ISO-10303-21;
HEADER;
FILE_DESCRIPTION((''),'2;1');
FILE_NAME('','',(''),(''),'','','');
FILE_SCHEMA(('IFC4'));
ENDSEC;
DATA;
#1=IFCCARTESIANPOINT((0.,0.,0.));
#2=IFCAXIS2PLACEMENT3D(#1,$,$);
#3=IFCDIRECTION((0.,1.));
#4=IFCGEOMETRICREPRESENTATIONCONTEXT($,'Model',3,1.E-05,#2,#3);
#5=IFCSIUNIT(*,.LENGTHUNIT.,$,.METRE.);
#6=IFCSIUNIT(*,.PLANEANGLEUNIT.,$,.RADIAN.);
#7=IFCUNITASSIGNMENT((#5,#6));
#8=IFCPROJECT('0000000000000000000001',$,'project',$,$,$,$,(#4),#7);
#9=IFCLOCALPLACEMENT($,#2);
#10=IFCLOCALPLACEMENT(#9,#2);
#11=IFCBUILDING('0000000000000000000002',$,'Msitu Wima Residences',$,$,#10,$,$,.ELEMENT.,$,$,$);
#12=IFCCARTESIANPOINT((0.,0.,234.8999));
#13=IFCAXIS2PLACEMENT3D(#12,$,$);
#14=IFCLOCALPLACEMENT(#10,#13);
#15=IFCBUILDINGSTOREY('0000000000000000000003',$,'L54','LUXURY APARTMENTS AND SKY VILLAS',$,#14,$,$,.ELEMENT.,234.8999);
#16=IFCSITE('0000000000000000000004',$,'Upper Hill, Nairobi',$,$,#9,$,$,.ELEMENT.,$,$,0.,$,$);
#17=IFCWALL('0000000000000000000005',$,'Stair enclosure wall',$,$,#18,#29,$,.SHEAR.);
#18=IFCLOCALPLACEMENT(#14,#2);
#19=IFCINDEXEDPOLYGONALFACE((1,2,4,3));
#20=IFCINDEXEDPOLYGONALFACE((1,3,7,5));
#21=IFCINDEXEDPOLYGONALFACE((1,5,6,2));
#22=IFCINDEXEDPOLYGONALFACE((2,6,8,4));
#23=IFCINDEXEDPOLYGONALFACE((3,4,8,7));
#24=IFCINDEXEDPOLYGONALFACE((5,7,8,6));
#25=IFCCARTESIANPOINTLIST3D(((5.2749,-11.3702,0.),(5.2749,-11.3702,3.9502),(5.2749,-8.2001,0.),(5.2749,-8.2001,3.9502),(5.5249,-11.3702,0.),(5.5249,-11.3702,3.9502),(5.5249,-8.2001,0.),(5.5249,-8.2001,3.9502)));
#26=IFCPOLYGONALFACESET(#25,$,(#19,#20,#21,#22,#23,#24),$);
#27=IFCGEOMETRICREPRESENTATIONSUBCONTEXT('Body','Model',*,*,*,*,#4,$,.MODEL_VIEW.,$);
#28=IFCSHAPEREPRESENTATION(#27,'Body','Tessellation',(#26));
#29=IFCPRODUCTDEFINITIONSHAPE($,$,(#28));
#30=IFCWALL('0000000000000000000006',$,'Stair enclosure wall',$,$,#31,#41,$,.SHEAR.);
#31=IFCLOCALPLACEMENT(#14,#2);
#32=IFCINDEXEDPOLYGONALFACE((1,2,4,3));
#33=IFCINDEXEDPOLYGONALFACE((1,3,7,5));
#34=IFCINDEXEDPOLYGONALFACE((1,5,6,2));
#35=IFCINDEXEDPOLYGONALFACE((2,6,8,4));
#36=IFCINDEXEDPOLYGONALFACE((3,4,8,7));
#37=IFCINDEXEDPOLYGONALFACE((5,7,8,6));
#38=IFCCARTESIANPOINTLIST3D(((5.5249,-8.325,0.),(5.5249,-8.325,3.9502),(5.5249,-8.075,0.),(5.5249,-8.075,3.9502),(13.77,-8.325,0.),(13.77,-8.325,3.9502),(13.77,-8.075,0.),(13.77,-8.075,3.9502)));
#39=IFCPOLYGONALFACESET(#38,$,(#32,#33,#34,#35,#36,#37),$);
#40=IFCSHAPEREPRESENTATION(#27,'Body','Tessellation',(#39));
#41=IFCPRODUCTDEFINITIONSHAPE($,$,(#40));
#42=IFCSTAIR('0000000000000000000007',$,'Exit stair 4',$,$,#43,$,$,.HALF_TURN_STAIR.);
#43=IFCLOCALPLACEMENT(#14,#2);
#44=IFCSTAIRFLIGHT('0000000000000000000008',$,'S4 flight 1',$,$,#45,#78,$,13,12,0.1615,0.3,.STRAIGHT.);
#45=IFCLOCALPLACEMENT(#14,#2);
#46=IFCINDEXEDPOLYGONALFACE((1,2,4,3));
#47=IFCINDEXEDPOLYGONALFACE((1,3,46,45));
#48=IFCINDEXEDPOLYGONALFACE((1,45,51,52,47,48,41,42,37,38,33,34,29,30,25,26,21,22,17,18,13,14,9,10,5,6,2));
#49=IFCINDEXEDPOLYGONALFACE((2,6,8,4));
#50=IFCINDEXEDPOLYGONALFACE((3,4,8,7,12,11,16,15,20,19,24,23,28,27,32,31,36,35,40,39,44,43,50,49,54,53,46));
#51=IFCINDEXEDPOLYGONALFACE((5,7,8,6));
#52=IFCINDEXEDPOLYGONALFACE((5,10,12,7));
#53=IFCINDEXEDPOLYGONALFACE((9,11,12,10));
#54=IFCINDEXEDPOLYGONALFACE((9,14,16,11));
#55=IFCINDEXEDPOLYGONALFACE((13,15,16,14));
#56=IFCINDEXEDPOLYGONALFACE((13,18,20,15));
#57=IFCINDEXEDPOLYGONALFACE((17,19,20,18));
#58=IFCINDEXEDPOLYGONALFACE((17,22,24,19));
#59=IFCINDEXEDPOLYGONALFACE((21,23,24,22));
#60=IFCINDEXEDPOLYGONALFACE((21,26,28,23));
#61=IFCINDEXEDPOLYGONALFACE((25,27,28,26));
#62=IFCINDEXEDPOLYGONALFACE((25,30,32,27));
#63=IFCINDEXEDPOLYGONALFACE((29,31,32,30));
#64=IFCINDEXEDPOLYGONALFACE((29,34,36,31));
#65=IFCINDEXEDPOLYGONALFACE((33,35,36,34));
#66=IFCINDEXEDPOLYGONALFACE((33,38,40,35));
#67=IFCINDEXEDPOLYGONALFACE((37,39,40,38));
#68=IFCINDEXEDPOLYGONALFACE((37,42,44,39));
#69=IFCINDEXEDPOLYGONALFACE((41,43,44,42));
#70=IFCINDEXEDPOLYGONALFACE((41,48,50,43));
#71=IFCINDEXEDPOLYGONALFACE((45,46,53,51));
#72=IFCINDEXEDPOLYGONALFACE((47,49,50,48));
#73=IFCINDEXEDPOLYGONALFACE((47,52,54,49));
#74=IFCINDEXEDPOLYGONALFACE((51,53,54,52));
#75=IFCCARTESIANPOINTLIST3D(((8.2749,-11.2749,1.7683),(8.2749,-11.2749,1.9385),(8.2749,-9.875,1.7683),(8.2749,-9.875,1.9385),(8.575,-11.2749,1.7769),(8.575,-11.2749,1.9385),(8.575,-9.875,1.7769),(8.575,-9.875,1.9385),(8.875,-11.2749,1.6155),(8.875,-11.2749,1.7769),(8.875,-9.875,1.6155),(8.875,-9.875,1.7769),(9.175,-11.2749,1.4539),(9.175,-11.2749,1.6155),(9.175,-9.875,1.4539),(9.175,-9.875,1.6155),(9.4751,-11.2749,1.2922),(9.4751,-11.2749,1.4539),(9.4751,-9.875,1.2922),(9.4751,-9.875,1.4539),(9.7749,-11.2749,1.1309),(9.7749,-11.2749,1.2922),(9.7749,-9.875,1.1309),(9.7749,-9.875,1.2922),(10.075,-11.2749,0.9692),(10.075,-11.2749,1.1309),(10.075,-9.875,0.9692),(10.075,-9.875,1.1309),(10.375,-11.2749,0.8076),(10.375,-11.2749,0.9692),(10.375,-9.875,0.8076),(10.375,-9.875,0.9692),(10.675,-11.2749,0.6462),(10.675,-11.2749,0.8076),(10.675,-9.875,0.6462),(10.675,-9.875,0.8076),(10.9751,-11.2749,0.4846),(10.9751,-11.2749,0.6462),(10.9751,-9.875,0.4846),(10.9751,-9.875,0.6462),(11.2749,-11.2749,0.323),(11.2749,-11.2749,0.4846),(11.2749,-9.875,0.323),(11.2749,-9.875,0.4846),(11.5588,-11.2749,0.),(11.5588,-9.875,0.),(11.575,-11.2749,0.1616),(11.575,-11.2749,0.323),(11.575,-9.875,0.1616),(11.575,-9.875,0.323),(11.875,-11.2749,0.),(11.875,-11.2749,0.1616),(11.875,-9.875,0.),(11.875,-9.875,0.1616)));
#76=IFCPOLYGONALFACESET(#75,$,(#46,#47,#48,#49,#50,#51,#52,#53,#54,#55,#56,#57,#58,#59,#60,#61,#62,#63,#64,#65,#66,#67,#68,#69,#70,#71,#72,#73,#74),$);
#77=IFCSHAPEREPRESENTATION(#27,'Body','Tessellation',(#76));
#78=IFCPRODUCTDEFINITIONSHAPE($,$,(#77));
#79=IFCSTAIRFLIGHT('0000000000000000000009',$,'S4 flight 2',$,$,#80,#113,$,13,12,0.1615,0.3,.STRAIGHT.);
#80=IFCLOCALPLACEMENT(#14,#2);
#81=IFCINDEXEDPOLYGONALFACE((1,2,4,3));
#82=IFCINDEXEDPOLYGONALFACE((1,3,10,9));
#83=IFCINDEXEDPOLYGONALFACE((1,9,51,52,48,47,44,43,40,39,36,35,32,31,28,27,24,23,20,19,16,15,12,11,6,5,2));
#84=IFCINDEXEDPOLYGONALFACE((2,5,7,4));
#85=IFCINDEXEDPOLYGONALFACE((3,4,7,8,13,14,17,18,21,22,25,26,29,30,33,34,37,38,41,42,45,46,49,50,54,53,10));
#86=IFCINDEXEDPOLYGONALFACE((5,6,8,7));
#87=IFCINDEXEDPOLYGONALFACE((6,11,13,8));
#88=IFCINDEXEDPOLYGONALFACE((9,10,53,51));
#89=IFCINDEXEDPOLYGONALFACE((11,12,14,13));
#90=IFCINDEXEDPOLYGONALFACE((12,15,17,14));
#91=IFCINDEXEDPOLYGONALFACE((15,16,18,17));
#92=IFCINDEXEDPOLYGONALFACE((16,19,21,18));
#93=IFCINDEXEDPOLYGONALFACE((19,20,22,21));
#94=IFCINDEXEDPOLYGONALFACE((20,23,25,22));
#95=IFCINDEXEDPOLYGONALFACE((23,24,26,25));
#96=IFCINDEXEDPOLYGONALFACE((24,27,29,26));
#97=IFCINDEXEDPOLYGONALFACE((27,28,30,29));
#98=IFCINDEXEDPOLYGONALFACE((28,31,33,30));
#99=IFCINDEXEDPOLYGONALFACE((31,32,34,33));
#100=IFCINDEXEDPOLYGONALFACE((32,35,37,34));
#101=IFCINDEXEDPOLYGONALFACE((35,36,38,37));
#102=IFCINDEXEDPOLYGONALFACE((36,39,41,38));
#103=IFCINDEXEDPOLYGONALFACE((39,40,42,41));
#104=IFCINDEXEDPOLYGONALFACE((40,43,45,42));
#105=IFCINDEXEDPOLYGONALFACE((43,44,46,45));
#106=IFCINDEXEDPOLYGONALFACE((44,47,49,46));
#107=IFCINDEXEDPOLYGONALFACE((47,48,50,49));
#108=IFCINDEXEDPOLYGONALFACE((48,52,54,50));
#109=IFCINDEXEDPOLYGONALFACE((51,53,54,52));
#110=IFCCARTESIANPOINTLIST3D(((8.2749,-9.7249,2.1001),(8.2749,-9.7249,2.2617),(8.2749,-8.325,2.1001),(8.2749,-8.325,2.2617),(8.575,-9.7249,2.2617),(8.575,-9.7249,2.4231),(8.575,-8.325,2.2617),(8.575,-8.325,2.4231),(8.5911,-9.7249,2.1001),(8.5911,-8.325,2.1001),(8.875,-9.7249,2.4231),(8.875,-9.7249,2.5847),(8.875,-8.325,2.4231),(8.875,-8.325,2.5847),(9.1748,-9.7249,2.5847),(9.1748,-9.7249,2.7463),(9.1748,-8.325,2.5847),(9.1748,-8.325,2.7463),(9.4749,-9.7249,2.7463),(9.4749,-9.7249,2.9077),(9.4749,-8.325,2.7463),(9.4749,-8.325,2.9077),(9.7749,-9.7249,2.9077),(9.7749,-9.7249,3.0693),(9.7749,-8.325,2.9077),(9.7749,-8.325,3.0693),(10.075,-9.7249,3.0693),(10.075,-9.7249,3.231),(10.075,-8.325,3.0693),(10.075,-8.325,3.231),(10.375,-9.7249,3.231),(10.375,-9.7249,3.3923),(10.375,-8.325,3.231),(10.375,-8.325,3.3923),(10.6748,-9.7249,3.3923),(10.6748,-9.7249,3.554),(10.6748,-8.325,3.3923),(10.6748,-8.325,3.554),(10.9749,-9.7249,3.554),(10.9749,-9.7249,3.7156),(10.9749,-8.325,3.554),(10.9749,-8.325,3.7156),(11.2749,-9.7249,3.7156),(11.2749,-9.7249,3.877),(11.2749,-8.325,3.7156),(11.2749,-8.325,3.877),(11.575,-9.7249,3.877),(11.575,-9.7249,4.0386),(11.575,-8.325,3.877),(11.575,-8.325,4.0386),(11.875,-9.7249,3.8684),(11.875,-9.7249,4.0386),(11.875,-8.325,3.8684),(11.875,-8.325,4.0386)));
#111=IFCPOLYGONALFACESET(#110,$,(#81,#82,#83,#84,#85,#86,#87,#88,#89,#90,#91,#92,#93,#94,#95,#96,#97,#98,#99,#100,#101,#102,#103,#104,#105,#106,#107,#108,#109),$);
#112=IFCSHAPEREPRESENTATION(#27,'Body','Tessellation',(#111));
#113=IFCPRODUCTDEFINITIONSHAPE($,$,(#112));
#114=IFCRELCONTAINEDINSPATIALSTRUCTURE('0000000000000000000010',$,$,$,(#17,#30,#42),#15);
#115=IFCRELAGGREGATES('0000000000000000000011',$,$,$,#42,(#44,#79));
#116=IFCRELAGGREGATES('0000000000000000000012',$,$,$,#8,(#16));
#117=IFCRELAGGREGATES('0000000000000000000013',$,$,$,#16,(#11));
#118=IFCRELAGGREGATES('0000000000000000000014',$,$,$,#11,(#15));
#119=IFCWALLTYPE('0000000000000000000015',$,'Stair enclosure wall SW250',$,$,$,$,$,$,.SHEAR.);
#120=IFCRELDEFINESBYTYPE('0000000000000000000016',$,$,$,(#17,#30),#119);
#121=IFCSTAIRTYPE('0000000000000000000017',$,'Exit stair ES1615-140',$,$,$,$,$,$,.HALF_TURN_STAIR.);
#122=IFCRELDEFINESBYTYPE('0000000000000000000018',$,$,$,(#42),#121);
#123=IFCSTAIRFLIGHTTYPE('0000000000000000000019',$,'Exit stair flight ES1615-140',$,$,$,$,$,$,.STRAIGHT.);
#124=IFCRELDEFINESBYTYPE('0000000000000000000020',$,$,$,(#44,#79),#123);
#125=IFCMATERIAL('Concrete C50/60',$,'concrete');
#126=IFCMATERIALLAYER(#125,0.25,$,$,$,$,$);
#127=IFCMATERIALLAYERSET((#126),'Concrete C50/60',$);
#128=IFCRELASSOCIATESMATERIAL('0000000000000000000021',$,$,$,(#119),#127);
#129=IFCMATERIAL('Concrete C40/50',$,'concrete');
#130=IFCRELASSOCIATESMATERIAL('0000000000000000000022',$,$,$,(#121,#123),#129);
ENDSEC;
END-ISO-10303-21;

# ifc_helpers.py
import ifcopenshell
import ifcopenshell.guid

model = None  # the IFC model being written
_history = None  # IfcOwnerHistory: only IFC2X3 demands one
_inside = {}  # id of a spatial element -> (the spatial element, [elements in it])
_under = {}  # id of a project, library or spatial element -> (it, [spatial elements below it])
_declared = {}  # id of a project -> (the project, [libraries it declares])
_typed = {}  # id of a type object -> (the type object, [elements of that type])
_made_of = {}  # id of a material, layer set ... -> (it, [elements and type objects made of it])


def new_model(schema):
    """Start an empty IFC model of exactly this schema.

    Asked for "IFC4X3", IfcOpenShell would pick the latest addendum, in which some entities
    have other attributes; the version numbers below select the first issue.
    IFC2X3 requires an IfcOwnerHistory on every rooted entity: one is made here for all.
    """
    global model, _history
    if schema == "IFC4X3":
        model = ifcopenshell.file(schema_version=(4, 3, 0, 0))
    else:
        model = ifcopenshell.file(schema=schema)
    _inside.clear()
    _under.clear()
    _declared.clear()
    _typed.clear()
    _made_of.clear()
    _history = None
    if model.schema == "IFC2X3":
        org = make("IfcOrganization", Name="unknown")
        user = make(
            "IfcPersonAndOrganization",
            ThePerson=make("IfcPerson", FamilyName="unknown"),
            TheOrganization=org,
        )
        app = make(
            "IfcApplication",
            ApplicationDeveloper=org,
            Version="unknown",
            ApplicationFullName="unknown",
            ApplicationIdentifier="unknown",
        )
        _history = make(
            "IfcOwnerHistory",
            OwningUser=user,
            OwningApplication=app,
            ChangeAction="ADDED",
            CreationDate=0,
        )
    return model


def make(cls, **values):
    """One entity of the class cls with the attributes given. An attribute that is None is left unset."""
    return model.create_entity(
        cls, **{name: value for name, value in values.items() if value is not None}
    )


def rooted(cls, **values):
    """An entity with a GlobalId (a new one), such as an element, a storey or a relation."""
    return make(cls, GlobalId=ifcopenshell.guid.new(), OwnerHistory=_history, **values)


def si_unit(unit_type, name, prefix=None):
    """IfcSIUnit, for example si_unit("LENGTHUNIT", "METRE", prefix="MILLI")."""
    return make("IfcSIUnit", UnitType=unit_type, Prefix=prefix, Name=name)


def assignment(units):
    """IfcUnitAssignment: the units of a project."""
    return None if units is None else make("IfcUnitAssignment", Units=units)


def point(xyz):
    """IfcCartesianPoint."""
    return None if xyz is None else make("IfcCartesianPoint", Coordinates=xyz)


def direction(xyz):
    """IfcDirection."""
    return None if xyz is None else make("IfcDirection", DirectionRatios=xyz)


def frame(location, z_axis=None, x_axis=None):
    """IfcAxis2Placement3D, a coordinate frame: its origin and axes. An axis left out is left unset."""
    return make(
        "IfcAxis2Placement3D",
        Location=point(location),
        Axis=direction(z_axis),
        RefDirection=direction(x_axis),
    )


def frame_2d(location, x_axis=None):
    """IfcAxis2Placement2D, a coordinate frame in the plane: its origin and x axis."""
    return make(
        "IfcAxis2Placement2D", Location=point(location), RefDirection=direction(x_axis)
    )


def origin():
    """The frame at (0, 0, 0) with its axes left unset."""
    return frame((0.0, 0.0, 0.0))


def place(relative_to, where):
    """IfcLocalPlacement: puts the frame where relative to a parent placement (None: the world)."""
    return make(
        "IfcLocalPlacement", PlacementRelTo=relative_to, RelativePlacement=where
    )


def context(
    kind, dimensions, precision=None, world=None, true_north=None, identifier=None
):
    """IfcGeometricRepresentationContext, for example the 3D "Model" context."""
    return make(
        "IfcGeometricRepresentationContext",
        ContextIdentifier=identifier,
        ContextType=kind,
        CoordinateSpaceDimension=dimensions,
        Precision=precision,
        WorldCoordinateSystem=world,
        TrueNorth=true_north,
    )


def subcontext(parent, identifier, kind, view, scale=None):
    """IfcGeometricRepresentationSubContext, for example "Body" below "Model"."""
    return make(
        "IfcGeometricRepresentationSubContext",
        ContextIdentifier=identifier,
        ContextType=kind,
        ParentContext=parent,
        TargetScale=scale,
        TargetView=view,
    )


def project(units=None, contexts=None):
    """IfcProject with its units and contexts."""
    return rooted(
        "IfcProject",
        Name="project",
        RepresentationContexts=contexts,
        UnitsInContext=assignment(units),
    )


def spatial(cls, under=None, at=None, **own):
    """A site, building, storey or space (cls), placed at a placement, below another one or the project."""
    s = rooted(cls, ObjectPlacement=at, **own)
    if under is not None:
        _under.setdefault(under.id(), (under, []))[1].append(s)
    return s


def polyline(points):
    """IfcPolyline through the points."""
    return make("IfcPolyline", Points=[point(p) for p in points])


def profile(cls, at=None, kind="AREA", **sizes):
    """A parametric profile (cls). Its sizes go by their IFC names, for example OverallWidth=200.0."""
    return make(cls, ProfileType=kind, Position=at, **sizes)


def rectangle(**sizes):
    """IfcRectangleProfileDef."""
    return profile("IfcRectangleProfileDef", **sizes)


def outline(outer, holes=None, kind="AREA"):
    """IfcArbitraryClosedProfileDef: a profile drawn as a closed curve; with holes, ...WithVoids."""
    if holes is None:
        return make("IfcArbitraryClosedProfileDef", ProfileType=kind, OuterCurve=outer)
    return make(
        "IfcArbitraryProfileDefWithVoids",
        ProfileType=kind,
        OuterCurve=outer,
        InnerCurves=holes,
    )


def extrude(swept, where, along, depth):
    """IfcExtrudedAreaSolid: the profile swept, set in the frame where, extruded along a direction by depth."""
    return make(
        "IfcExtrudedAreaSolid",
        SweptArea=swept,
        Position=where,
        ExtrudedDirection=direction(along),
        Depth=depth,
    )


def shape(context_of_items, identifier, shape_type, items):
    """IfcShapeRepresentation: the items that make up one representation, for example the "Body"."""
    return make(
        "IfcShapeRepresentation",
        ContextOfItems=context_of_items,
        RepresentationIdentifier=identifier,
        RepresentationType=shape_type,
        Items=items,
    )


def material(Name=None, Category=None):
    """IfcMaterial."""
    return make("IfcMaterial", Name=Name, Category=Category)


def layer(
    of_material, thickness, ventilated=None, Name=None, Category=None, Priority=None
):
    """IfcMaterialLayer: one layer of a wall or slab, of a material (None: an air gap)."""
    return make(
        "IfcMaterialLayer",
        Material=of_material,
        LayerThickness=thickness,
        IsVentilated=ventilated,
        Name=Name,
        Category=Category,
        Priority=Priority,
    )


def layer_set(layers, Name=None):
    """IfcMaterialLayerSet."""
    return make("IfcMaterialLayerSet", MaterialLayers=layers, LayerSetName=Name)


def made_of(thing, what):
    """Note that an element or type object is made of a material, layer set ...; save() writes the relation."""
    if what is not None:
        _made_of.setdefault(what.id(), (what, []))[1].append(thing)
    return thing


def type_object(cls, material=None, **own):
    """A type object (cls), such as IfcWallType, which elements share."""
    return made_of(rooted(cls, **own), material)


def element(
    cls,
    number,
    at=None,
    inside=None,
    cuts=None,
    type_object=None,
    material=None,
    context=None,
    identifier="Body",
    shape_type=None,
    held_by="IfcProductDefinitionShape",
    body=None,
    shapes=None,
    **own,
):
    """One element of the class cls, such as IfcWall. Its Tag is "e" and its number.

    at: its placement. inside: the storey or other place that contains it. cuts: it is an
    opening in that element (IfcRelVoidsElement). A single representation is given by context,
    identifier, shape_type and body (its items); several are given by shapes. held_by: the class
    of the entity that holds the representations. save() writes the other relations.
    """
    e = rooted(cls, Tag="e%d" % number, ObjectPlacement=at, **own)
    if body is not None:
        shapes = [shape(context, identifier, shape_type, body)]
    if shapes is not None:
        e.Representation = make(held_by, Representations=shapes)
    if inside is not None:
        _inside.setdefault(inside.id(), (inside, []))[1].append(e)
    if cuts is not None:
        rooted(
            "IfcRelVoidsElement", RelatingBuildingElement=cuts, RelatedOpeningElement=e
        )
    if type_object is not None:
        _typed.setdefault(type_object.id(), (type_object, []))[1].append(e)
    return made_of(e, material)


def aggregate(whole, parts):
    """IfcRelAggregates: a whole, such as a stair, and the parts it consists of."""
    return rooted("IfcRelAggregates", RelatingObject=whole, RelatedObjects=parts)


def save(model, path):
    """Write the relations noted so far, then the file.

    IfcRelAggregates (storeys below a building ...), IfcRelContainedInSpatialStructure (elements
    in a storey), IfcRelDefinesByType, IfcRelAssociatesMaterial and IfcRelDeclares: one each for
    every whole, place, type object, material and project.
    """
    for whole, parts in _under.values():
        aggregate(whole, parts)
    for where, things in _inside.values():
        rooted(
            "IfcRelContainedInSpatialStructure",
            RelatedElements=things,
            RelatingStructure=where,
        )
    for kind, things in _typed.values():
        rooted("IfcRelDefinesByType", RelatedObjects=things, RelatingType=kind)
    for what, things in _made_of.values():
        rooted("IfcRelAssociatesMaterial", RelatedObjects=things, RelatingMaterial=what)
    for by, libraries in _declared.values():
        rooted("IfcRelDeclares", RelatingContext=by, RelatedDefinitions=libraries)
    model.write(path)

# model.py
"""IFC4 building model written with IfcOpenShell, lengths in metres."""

from ifc_helpers import new_model, si_unit, direction, frame, frame_2d, origin, place, context, subcontext, project, spatial, polyline, rectangle, outline, extrude, material, layer, layer_set, type_object, element, aggregate, save


model = new_model("IFC4")

# Units and contexts
model_context = context("Model", 3, precision=1e-05, world=origin(), true_north=direction((0.0, 1.0)))
body_context = subcontext(model_context, "Body", "Model", "MODEL_VIEW")
ifc_project = project(units=[si_unit("LENGTHUNIT", "METRE"), si_unit("PLANEANGLEUNIT", "RADIAN")], contexts=[model_context])

# Site, building, storey
site_placement = place(None, origin())
site = spatial("IfcSite", under=ifc_project, at=site_placement, Name="Upper Hill, Nairobi", CompositionType="ELEMENT", RefElevation=0.0)
building_placement = place(site_placement, origin())
building = spatial("IfcBuilding", under=site, at=building_placement, Name="Msitu Wima Residences", CompositionType="ELEMENT")
storey_placement = place(building_placement, frame((0.0, 0.0, 234.8999)))
storey = spatial("IfcBuildingStorey", under=building, at=storey_placement, Name="L54", Description="LUXURY APARTMENTS AND SKY VILLAS", CompositionType="ELEMENT", Elevation=234.8999)

# Shared definitions
ifc_material_1 = material(Name="Concrete C40/50", Category="concrete")

# Walls
ifc_material_2 = material(Name="Concrete C50/60", Category="concrete")
ifc_layer_1 = layer(ifc_material_2, 0.25)
ifc_layer_set_1 = layer_set([ifc_layer_1], Name="Concrete C50/60")
wall_type_1 = type_object("IfcWallType", Name="Stair enclosure wall SW250", PredefinedType="SHEAR", material=ifc_layer_set_1)
wall_1_placement = place(storey_placement, frame((5.3999, -11.3701, 0.0), z_axis=(0.0, 0.0, 1.0), x_axis=(0.0, 1.0, 0.0)))
element("IfcWall", 1, at=wall_1_placement, inside=storey, type_object=wall_type_1, Name="Stair enclosure wall", PredefinedType="SHEAR", context=body_context, shape_type="SweptSolid", body=[
    extrude(rectangle(XDim=3.1702, YDim=0.25, at=frame_2d((1.585, 0.0))), origin(), (0.0, 0.0, 1.0), 3.9502),
])
wall_2_placement = place(storey_placement, frame((5.5249, -8.2, 0.0), z_axis=(0.0, 0.0, 1.0), x_axis=(1.0, 0.0, 0.0)))
element("IfcWall", 2, at=wall_2_placement, inside=storey, type_object=wall_type_1, Name="Stair enclosure wall", PredefinedType="SHEAR", context=body_context, shape_type="SweptSolid", body=[
    extrude(rectangle(XDim=8.2451, YDim=0.25, at=frame_2d((4.1226, 0.0))), origin(), (0.0, 0.0, 1.0), 3.9502),
])

# Stair, stair flights
stair_type = type_object("IfcStairType", Name="Exit stair ES1615-140", PredefinedType="HALF_TURN_STAIR", material=ifc_material_1)
stair_placement = place(storey_placement, origin())
stair = element("IfcStair", 3, at=stair_placement, inside=storey, type_object=stair_type, Name="Exit stair 4", PredefinedType="HALF_TURN_STAIR")
stair_flight_type = type_object("IfcStairFlightType", Name="Exit stair flight ES1615-140", PredefinedType="STRAIGHT", material=ifc_material_1)
stair_flight_1_placement = place(storey_placement, frame((11.875, -10.575, 0.0), z_axis=(0.0, 0.0, 1.0), x_axis=(-1.0, 0.0, 0.0)))
stair_flight_1 = element("IfcStairFlight", 4, at=stair_flight_1_placement, type_object=stair_flight_type, Name="S4 flight 1", NumberOfRisers=13, NumberOfTreads=12, PredefinedType="STRAIGHT", RiserHeight=0.1615, TreadLength=0.3, context=body_context, shape_type="SweptSolid", body=[
    extrude(outline(polyline([(0.0, 0.0), (0.0, 0.1616), (0.3, 0.1616), (0.3, 0.323), (0.6001, 0.323), (0.6001, 0.4846), (0.8999, 0.4846), (0.8999, 0.6462), (1.2, 0.6462), (1.2, 0.8076), (1.5, 0.8076), (1.5, 0.9692), (1.8, 0.9692), (1.8, 1.1309), (2.1001, 1.1309), (2.1001, 1.2922), (2.3999, 1.2922), (2.3999, 1.4539), (2.7, 1.4539), (2.7, 1.6155), (3.0, 1.6155), (3.0, 1.7769), (3.3, 1.7769), (3.3, 1.9385), (3.6001, 1.9385), (3.6001, 2.1001), (3.6001, 1.7683), (0.3162, 0.0), (0.0, 0.0)])), frame((0.0, 0.7, 0.0), z_axis=(0.0, -1.0, 0.0), x_axis=(1.0, 0.0, 0.0)), (0.0, 0.0, 1.0), 1.3999),
])
stair_flight_2_placement = place(storey_placement, frame((8.2749, -9.0249, 2.1001), z_axis=(0.0, 0.0, 1.0), x_axis=(1.0, 0.0, 0.0)))
stair_flight_2 = element("IfcStairFlight", 5, at=stair_flight_2_placement, type_object=stair_flight_type, Name="S4 flight 2", NumberOfRisers=13, NumberOfTreads=12, PredefinedType="STRAIGHT", RiserHeight=0.1615, TreadLength=0.3, context=body_context, shape_type="SweptSolid", body=[
    extrude(outline(polyline([(0.0, 0.0), (0.0, 0.1616), (0.3, 0.1616), (0.3, 0.323), (0.6001, 0.323), (0.6001, 0.4846), (0.8999, 0.4846), (0.8999, 0.6462), (1.2, 0.6462), (1.2, 0.8076), (1.5, 0.8076), (1.5, 0.9692), (1.8, 0.9692), (1.8, 1.1309), (2.1001, 1.1309), (2.1001, 1.2922), (2.3999, 1.2922), (2.3999, 1.4539), (2.7, 1.4539), (2.7, 1.6155), (3.0, 1.6155), (3.0, 1.7769), (3.3, 1.7769), (3.3, 1.9385), (3.6001, 1.9385), (3.6001, 2.1001), (3.6001, 1.7683), (0.3162, 0.0), (0.0, 0.0)])), frame((0.0, 0.7, 0.0), z_axis=(0.0, -1.0, 0.0), x_axis=(1.0, 0.0, 0.0)), (0.0, 0.0, 1.0), 1.3999),
])
aggregate(stair, [stair_flight_1, stair_flight_2])

save(model, "model.ifc")
